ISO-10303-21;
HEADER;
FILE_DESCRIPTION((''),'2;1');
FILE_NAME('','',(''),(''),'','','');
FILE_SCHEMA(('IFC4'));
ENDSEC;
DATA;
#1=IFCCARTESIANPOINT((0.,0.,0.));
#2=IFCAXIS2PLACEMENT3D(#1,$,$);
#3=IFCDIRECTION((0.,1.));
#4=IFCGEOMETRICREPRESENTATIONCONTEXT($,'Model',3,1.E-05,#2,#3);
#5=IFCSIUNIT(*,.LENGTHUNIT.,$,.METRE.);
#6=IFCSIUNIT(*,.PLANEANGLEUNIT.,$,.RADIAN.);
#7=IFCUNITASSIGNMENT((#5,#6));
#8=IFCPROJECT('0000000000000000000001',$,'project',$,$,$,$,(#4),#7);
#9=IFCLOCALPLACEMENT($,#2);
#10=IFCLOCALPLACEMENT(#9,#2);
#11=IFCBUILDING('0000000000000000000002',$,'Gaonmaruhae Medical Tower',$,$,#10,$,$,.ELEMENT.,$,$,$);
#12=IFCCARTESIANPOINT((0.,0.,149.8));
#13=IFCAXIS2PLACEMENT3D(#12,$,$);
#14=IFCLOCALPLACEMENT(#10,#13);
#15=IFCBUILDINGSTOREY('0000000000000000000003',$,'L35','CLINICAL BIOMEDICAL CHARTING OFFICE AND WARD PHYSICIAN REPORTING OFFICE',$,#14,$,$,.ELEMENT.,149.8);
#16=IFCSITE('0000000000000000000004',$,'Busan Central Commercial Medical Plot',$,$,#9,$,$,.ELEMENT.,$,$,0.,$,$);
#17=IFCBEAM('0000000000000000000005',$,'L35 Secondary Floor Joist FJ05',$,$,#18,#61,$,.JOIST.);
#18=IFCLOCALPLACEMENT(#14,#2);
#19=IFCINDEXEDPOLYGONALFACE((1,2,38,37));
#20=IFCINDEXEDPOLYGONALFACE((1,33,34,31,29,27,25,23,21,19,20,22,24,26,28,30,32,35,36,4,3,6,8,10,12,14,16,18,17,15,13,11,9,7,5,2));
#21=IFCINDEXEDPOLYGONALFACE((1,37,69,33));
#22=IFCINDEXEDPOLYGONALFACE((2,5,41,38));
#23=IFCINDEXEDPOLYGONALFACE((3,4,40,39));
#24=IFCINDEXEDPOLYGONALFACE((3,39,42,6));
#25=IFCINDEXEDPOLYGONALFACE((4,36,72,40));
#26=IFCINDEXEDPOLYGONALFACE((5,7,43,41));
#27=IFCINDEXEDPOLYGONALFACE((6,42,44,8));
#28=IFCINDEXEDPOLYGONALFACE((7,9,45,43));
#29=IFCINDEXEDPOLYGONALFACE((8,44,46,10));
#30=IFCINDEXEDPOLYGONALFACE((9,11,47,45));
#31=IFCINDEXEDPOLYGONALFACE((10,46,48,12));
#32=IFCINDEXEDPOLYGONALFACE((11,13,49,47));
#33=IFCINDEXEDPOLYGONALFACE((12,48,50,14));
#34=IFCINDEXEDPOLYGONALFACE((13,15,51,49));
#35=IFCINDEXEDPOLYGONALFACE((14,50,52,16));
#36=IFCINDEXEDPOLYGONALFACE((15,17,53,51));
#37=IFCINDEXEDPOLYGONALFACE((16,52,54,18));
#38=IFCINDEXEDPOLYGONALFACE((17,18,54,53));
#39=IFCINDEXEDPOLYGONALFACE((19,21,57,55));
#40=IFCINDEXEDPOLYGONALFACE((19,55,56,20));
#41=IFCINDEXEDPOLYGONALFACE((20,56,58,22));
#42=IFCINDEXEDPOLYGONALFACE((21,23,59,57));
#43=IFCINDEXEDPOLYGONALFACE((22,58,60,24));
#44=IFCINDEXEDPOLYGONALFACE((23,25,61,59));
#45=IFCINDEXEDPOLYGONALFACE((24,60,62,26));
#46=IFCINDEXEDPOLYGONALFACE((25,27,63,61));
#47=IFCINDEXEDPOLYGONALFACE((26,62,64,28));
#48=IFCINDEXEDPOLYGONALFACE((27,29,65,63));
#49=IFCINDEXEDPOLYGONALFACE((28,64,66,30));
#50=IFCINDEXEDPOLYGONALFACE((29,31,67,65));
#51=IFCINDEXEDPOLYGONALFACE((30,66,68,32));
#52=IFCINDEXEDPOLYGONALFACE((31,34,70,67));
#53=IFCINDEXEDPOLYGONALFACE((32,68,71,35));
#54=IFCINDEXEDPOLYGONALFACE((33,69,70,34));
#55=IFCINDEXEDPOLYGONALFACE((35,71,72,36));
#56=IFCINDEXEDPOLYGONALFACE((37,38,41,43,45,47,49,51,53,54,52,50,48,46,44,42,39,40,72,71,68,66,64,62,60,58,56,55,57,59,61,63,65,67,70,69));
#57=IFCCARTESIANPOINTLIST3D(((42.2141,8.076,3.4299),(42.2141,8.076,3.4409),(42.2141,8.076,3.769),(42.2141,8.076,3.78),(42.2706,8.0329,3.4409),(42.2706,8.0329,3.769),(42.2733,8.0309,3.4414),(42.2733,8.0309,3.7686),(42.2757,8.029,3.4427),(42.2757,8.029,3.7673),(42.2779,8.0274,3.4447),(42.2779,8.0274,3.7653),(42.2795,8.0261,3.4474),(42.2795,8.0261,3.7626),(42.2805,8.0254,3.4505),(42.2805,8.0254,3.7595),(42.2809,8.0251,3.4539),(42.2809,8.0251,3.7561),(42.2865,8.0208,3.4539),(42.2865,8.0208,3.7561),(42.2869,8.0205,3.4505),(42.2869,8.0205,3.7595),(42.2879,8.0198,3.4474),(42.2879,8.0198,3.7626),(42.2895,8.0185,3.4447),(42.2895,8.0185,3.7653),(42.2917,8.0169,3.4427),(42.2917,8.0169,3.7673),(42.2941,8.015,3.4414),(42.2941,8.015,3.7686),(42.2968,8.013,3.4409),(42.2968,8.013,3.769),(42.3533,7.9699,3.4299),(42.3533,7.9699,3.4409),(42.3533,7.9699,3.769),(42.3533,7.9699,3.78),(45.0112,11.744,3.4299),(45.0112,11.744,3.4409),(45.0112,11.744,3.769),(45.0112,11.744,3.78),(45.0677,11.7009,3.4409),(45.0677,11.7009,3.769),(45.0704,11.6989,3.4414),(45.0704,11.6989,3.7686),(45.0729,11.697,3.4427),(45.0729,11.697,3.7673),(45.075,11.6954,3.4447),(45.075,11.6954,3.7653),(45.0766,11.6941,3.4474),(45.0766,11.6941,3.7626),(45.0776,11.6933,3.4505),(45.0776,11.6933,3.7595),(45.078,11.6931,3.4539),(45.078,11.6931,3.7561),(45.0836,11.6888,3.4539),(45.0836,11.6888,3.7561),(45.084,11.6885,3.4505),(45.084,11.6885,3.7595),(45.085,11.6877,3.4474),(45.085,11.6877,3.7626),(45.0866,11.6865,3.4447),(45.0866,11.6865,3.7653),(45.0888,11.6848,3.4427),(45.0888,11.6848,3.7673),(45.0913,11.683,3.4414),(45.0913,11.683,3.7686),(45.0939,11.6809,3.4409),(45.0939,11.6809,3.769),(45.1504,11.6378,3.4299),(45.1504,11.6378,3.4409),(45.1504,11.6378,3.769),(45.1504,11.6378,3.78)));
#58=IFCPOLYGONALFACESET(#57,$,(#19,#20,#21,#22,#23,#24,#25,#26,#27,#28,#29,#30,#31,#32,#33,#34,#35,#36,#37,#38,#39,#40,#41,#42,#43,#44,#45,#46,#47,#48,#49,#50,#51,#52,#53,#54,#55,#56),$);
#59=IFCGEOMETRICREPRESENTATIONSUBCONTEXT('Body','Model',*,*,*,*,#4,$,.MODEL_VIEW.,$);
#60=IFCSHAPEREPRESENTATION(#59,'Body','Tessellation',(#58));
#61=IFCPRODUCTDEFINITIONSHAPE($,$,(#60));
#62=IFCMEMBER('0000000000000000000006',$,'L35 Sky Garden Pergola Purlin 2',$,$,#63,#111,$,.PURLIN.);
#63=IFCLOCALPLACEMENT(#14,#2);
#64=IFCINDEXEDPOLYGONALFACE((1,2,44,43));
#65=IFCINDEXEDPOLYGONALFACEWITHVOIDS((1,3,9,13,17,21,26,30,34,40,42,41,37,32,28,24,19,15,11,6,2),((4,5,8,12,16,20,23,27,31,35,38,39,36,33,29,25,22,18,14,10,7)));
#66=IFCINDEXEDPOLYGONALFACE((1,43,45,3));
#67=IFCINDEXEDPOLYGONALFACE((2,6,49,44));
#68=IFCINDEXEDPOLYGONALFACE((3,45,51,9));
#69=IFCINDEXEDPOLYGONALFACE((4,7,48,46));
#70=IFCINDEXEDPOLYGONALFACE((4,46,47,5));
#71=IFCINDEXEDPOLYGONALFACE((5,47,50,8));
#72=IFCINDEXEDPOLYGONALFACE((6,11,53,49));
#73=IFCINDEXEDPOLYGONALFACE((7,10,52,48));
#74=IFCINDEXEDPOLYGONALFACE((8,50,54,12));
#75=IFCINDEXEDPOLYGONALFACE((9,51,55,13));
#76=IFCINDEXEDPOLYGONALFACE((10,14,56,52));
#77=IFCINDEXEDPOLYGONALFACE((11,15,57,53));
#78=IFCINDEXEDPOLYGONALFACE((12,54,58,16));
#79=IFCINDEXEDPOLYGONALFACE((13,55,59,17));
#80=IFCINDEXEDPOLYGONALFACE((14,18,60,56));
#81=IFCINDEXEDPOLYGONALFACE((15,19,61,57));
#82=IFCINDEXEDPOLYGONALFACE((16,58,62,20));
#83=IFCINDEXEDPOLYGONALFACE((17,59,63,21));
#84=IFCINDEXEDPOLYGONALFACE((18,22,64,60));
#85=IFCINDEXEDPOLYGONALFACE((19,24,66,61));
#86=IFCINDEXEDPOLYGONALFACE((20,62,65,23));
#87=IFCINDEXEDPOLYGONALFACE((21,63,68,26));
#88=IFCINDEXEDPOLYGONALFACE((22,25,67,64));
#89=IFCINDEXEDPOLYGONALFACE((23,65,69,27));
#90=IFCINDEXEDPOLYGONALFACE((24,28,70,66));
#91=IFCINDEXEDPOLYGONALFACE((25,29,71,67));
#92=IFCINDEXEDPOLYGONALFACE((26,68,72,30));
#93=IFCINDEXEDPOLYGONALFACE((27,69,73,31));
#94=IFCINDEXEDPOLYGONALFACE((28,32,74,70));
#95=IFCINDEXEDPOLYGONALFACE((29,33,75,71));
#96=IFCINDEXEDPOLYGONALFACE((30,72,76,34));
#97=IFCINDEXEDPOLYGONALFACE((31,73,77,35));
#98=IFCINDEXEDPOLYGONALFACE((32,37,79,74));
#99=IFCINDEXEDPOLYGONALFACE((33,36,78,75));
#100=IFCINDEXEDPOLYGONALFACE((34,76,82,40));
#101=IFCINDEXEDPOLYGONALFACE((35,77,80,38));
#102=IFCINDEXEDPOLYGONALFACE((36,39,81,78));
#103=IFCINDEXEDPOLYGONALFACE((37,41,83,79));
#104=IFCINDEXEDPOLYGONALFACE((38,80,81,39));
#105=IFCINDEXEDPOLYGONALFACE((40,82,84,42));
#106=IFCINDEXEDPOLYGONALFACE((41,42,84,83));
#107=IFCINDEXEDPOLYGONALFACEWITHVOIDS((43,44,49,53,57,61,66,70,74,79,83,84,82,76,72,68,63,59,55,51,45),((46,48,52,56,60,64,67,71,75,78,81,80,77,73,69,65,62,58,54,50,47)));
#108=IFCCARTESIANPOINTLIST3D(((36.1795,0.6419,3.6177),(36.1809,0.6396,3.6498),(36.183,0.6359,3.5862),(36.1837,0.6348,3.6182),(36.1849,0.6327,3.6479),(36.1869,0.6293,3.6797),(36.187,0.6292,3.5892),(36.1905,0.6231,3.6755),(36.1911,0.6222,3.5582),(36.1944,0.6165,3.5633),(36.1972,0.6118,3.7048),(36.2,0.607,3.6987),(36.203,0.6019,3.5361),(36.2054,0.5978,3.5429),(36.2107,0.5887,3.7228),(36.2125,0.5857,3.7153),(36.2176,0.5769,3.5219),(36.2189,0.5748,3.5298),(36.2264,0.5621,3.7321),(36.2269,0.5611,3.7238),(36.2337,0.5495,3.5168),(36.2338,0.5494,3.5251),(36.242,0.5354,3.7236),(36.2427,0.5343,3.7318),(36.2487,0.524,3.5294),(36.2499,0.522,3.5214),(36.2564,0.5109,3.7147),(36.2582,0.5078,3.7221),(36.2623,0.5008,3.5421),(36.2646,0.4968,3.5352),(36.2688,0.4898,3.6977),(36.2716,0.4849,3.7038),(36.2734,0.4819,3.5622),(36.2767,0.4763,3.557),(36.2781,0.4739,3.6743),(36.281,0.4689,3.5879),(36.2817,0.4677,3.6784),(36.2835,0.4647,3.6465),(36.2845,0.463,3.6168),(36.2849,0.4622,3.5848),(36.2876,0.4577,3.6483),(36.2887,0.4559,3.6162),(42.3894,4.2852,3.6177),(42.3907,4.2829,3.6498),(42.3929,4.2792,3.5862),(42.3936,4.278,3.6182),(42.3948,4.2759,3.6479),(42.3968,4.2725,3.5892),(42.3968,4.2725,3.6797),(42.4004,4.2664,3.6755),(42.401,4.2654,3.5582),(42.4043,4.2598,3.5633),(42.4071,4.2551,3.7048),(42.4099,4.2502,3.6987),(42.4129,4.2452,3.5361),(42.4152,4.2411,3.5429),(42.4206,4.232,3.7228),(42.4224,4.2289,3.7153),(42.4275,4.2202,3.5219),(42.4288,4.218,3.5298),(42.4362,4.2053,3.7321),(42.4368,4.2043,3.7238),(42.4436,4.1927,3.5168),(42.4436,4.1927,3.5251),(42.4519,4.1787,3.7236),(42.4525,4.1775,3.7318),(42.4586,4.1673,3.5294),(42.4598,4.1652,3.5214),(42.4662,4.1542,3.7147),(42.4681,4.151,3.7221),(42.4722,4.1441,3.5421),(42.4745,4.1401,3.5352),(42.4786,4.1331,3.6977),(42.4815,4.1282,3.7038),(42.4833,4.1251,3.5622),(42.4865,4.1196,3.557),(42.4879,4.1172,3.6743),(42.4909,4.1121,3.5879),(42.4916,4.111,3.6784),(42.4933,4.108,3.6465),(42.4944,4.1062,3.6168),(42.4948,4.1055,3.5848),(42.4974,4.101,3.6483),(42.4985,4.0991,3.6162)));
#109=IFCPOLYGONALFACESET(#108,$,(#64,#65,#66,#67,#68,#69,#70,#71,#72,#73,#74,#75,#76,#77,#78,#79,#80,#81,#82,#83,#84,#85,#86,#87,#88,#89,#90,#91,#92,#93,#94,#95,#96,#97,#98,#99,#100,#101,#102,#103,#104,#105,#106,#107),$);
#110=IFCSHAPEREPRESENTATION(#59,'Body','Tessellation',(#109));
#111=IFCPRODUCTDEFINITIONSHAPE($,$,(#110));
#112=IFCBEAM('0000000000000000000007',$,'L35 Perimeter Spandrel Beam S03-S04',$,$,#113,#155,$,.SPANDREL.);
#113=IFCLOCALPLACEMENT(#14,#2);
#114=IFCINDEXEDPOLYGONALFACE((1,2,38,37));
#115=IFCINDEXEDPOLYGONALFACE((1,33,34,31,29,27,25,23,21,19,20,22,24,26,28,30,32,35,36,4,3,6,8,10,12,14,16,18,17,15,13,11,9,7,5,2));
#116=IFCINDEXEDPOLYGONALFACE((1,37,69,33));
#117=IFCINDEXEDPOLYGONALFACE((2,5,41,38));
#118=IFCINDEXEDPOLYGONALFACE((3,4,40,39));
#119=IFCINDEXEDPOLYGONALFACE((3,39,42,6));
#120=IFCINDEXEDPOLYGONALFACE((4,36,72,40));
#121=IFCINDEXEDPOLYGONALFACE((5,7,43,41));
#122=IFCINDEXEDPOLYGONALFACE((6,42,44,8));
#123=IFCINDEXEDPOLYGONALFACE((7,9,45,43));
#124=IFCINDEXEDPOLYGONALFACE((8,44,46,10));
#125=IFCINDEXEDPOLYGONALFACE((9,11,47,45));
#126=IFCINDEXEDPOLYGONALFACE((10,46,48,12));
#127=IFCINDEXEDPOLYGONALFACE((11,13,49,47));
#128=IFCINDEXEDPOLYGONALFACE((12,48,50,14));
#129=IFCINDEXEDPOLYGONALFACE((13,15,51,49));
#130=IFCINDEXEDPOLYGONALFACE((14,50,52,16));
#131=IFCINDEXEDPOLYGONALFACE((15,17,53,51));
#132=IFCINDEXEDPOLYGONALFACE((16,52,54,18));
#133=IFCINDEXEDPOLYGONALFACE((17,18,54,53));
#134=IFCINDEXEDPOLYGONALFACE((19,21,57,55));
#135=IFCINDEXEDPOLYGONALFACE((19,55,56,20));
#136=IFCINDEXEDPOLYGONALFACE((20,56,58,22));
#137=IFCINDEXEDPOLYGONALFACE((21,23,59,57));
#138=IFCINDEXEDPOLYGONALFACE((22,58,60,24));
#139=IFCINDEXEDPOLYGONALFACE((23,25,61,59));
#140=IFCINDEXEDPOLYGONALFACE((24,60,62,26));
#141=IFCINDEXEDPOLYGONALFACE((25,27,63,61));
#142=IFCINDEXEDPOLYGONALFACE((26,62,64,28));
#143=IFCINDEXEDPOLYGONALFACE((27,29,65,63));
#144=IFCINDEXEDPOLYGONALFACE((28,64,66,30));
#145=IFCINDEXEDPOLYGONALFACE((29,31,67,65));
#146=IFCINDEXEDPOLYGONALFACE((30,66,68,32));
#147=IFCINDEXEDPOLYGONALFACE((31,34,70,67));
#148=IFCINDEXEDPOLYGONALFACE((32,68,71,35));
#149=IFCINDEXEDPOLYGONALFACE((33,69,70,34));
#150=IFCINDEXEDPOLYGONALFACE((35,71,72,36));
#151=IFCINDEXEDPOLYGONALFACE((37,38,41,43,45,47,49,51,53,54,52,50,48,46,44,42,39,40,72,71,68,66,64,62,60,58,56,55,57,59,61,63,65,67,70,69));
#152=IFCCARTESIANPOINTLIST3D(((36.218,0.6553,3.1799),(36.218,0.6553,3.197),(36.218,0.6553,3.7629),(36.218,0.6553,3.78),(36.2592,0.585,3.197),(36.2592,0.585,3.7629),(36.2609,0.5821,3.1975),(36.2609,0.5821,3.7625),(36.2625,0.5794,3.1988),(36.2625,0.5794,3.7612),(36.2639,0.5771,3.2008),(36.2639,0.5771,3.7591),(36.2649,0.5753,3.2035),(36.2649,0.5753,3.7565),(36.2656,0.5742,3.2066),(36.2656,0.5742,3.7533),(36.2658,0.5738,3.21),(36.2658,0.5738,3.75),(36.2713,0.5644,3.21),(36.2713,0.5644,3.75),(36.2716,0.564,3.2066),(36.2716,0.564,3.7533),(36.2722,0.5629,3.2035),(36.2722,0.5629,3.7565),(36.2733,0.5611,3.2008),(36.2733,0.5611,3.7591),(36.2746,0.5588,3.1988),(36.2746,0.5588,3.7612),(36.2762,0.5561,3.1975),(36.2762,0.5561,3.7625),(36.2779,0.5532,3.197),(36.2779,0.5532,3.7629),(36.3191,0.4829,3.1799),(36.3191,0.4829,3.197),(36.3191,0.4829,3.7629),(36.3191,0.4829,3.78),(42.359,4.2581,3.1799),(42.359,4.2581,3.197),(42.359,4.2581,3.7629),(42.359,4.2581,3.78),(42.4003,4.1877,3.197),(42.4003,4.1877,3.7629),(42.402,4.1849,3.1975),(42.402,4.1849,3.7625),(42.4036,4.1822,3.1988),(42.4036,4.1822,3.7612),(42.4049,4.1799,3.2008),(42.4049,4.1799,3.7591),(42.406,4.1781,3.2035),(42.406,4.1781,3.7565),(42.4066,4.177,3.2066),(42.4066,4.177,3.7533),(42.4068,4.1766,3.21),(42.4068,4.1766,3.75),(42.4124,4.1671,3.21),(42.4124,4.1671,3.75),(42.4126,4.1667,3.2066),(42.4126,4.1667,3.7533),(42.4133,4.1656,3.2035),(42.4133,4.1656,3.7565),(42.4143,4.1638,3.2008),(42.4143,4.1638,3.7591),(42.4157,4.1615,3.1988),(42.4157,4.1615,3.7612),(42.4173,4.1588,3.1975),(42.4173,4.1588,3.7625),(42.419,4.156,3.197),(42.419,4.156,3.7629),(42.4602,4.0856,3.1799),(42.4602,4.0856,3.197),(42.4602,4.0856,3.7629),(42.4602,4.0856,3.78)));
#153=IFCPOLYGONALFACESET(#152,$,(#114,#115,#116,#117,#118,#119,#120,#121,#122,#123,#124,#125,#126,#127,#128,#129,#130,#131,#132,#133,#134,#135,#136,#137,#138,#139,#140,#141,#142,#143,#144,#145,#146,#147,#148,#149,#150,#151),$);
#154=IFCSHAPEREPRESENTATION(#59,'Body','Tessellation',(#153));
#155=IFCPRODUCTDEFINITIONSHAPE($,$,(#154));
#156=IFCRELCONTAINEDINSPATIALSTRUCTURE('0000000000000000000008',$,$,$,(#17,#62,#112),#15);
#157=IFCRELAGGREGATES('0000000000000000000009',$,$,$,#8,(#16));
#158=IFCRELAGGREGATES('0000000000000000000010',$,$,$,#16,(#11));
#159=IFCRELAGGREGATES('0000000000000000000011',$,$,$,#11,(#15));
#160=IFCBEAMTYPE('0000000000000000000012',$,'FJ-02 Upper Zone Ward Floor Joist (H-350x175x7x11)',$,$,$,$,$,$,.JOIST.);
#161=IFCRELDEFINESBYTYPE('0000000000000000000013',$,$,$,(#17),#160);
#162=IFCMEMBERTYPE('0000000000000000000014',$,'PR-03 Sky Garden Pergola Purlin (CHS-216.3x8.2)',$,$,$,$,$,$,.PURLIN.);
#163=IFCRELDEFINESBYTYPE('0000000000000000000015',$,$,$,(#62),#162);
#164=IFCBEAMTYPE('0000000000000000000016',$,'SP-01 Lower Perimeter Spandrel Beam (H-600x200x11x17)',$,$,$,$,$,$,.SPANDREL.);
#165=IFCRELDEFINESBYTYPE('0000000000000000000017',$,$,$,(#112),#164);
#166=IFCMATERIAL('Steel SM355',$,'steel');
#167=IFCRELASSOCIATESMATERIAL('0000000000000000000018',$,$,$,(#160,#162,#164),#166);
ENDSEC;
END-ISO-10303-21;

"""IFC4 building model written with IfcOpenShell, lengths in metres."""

from ifc_helpers import new_model, si_unit, direction, frame, origin, origin_2d, place, context, subcontext, project, spatial, hollow_circle, i_section, extrude, material, material_profile, profile_set, type_object, element, save


model = new_model("IFC4")

# Units and contexts
model_context = context("Model", 3, precision=1e-05, world=origin(), true_north=direction((0.0, 1.0)))
body_context = subcontext(model_context, "Body", "Model", "MODEL_VIEW")
ifc_project = project(units=[si_unit("LENGTHUNIT", "METRE"), si_unit("PLANEANGLEUNIT", "RADIAN")], contexts=[model_context])

# Site, building, storey
site_placement = place(None, origin())
site = spatial("IfcSite", under=ifc_project, at=site_placement, Name="Busan Central Commercial Medical Plot", CompositionType="ELEMENT", RefElevation=0.0)
building_placement = place(site_placement, origin())
building = spatial("IfcBuilding", under=site, at=building_placement, Name="Gaonmaruhae Medical Tower", CompositionType="ELEMENT")
storey_placement = place(building_placement, frame((0.0, 0.0, 149.8)))
storey = spatial("IfcBuildingStorey", under=building, at=storey_placement, Name="L35", Description="CLINICAL BIOMEDICAL CHARTING OFFICE AND WARD PHYSICIAN REPORTING OFFICE", CompositionType="ELEMENT", Elevation=149.8)

# Beam
ifc_material_1 = material(Name="Steel SM355", Category="steel")
ifc_material_profile_1 = material_profile(ifc_material_1, i_section(OverallWidth=0.175, OverallDepth=0.3501, WebThickness=0.0071, FlangeThickness=0.011, FilletRadius=0.0129, at=origin_2d()), Name="H-350x175x7x11")
ifc_profile_set_1 = profile_set([ifc_material_profile_1], Name="Steel SM355")
beam_type_1 = type_object("IfcBeamType", Name="FJ-02 Upper Zone Ward Floor Joist (H-350x175x7x11)", PredefinedType="JOIST", material=ifc_profile_set_1)
beam_1_placement = place(storey_placement, frame((42.2837, 8.0229, 3.605), z_axis=(0.606383, 0.795173, 0.0), x_axis=(-0.795173, 0.606383, 0.0)))
element("IfcBeam", 1, at=beam_1_placement, inside=storey, type_object=beam_type_1, Name="L35 Secondary Floor Joist FJ05", PredefinedType="JOIST", context=body_context, shape_type="SweptSolid", body=[
    extrude(i_section(OverallWidth=0.175, OverallDepth=0.3501, WebThickness=0.0071, FlangeThickness=0.011, FilletRadius=0.0129, at=origin_2d()), origin(), (0.0, 0.0, 1.0), 4.6128),
])

# Member
ifc_material_profile_2 = material_profile(ifc_material_1, hollow_circle(Radius=0.1082, WallThickness=0.0083, at=origin_2d()), Name="CHS-216.3x8.2")
ifc_profile_set_2 = profile_set([ifc_material_profile_2], Name="Steel SM355")
member_type_1 = type_object("IfcMemberType", Name="PR-03 Sky Garden Pergola Purlin (CHS-216.3x8.2)", PredefinedType="PURLIN", material=ifc_profile_set_2)
member_1_placement = place(storey_placement, frame((36.2341, 0.5488, 3.625), z_axis=(0.862517, 0.506028, 0.0), x_axis=(-0.436456, 0.743933, 0.506034)))
element("IfcMember", 2, at=member_1_placement, inside=storey, type_object=member_type_1, Name="L35 Sky Garden Pergola Purlin 2", PredefinedType="PURLIN", context=body_context, shape_type="SweptSolid", body=[
    extrude(hollow_circle(Radius=0.1082, WallThickness=0.0083, at=origin_2d()), origin(), (0.0, 0.0, 1.0), 7.1997),
])

# Beam
ifc_material_profile_3 = material_profile(ifc_material_1, i_section(OverallWidth=0.2, OverallDepth=0.6001, WebThickness=0.011, FlangeThickness=0.0171, FilletRadius=0.0129, at=origin_2d()), Name="H-600x200x11x17")
ifc_profile_set_3 = profile_set([ifc_material_profile_3], Name="Steel SM355")
beam_type_2 = type_object("IfcBeamType", Name="SP-01 Lower Perimeter Spandrel Beam (H-600x200x11x17)", PredefinedType="SPANDREL", material=ifc_profile_set_3)
beam_2_placement = place(storey_placement, frame((36.2686, 0.5691, 3.48), z_axis=(0.862525, 0.506014, 0.0), x_axis=(-0.506014, 0.862525, 0.0)))
element("IfcBeam", 3, at=beam_2_placement, inside=storey, type_object=beam_type_2, Name="L35 Perimeter Spandrel Beam S03-S04", PredefinedType="SPANDREL", context=body_context, shape_type="SweptSolid", body=[
    extrude(i_section(OverallWidth=0.2, OverallDepth=0.6001, WebThickness=0.011, FlangeThickness=0.0171, FilletRadius=0.0129, at=origin_2d()), origin(), (0.0, 0.0, 1.0), 7.1199),
])

save(model, "model.ifc")
